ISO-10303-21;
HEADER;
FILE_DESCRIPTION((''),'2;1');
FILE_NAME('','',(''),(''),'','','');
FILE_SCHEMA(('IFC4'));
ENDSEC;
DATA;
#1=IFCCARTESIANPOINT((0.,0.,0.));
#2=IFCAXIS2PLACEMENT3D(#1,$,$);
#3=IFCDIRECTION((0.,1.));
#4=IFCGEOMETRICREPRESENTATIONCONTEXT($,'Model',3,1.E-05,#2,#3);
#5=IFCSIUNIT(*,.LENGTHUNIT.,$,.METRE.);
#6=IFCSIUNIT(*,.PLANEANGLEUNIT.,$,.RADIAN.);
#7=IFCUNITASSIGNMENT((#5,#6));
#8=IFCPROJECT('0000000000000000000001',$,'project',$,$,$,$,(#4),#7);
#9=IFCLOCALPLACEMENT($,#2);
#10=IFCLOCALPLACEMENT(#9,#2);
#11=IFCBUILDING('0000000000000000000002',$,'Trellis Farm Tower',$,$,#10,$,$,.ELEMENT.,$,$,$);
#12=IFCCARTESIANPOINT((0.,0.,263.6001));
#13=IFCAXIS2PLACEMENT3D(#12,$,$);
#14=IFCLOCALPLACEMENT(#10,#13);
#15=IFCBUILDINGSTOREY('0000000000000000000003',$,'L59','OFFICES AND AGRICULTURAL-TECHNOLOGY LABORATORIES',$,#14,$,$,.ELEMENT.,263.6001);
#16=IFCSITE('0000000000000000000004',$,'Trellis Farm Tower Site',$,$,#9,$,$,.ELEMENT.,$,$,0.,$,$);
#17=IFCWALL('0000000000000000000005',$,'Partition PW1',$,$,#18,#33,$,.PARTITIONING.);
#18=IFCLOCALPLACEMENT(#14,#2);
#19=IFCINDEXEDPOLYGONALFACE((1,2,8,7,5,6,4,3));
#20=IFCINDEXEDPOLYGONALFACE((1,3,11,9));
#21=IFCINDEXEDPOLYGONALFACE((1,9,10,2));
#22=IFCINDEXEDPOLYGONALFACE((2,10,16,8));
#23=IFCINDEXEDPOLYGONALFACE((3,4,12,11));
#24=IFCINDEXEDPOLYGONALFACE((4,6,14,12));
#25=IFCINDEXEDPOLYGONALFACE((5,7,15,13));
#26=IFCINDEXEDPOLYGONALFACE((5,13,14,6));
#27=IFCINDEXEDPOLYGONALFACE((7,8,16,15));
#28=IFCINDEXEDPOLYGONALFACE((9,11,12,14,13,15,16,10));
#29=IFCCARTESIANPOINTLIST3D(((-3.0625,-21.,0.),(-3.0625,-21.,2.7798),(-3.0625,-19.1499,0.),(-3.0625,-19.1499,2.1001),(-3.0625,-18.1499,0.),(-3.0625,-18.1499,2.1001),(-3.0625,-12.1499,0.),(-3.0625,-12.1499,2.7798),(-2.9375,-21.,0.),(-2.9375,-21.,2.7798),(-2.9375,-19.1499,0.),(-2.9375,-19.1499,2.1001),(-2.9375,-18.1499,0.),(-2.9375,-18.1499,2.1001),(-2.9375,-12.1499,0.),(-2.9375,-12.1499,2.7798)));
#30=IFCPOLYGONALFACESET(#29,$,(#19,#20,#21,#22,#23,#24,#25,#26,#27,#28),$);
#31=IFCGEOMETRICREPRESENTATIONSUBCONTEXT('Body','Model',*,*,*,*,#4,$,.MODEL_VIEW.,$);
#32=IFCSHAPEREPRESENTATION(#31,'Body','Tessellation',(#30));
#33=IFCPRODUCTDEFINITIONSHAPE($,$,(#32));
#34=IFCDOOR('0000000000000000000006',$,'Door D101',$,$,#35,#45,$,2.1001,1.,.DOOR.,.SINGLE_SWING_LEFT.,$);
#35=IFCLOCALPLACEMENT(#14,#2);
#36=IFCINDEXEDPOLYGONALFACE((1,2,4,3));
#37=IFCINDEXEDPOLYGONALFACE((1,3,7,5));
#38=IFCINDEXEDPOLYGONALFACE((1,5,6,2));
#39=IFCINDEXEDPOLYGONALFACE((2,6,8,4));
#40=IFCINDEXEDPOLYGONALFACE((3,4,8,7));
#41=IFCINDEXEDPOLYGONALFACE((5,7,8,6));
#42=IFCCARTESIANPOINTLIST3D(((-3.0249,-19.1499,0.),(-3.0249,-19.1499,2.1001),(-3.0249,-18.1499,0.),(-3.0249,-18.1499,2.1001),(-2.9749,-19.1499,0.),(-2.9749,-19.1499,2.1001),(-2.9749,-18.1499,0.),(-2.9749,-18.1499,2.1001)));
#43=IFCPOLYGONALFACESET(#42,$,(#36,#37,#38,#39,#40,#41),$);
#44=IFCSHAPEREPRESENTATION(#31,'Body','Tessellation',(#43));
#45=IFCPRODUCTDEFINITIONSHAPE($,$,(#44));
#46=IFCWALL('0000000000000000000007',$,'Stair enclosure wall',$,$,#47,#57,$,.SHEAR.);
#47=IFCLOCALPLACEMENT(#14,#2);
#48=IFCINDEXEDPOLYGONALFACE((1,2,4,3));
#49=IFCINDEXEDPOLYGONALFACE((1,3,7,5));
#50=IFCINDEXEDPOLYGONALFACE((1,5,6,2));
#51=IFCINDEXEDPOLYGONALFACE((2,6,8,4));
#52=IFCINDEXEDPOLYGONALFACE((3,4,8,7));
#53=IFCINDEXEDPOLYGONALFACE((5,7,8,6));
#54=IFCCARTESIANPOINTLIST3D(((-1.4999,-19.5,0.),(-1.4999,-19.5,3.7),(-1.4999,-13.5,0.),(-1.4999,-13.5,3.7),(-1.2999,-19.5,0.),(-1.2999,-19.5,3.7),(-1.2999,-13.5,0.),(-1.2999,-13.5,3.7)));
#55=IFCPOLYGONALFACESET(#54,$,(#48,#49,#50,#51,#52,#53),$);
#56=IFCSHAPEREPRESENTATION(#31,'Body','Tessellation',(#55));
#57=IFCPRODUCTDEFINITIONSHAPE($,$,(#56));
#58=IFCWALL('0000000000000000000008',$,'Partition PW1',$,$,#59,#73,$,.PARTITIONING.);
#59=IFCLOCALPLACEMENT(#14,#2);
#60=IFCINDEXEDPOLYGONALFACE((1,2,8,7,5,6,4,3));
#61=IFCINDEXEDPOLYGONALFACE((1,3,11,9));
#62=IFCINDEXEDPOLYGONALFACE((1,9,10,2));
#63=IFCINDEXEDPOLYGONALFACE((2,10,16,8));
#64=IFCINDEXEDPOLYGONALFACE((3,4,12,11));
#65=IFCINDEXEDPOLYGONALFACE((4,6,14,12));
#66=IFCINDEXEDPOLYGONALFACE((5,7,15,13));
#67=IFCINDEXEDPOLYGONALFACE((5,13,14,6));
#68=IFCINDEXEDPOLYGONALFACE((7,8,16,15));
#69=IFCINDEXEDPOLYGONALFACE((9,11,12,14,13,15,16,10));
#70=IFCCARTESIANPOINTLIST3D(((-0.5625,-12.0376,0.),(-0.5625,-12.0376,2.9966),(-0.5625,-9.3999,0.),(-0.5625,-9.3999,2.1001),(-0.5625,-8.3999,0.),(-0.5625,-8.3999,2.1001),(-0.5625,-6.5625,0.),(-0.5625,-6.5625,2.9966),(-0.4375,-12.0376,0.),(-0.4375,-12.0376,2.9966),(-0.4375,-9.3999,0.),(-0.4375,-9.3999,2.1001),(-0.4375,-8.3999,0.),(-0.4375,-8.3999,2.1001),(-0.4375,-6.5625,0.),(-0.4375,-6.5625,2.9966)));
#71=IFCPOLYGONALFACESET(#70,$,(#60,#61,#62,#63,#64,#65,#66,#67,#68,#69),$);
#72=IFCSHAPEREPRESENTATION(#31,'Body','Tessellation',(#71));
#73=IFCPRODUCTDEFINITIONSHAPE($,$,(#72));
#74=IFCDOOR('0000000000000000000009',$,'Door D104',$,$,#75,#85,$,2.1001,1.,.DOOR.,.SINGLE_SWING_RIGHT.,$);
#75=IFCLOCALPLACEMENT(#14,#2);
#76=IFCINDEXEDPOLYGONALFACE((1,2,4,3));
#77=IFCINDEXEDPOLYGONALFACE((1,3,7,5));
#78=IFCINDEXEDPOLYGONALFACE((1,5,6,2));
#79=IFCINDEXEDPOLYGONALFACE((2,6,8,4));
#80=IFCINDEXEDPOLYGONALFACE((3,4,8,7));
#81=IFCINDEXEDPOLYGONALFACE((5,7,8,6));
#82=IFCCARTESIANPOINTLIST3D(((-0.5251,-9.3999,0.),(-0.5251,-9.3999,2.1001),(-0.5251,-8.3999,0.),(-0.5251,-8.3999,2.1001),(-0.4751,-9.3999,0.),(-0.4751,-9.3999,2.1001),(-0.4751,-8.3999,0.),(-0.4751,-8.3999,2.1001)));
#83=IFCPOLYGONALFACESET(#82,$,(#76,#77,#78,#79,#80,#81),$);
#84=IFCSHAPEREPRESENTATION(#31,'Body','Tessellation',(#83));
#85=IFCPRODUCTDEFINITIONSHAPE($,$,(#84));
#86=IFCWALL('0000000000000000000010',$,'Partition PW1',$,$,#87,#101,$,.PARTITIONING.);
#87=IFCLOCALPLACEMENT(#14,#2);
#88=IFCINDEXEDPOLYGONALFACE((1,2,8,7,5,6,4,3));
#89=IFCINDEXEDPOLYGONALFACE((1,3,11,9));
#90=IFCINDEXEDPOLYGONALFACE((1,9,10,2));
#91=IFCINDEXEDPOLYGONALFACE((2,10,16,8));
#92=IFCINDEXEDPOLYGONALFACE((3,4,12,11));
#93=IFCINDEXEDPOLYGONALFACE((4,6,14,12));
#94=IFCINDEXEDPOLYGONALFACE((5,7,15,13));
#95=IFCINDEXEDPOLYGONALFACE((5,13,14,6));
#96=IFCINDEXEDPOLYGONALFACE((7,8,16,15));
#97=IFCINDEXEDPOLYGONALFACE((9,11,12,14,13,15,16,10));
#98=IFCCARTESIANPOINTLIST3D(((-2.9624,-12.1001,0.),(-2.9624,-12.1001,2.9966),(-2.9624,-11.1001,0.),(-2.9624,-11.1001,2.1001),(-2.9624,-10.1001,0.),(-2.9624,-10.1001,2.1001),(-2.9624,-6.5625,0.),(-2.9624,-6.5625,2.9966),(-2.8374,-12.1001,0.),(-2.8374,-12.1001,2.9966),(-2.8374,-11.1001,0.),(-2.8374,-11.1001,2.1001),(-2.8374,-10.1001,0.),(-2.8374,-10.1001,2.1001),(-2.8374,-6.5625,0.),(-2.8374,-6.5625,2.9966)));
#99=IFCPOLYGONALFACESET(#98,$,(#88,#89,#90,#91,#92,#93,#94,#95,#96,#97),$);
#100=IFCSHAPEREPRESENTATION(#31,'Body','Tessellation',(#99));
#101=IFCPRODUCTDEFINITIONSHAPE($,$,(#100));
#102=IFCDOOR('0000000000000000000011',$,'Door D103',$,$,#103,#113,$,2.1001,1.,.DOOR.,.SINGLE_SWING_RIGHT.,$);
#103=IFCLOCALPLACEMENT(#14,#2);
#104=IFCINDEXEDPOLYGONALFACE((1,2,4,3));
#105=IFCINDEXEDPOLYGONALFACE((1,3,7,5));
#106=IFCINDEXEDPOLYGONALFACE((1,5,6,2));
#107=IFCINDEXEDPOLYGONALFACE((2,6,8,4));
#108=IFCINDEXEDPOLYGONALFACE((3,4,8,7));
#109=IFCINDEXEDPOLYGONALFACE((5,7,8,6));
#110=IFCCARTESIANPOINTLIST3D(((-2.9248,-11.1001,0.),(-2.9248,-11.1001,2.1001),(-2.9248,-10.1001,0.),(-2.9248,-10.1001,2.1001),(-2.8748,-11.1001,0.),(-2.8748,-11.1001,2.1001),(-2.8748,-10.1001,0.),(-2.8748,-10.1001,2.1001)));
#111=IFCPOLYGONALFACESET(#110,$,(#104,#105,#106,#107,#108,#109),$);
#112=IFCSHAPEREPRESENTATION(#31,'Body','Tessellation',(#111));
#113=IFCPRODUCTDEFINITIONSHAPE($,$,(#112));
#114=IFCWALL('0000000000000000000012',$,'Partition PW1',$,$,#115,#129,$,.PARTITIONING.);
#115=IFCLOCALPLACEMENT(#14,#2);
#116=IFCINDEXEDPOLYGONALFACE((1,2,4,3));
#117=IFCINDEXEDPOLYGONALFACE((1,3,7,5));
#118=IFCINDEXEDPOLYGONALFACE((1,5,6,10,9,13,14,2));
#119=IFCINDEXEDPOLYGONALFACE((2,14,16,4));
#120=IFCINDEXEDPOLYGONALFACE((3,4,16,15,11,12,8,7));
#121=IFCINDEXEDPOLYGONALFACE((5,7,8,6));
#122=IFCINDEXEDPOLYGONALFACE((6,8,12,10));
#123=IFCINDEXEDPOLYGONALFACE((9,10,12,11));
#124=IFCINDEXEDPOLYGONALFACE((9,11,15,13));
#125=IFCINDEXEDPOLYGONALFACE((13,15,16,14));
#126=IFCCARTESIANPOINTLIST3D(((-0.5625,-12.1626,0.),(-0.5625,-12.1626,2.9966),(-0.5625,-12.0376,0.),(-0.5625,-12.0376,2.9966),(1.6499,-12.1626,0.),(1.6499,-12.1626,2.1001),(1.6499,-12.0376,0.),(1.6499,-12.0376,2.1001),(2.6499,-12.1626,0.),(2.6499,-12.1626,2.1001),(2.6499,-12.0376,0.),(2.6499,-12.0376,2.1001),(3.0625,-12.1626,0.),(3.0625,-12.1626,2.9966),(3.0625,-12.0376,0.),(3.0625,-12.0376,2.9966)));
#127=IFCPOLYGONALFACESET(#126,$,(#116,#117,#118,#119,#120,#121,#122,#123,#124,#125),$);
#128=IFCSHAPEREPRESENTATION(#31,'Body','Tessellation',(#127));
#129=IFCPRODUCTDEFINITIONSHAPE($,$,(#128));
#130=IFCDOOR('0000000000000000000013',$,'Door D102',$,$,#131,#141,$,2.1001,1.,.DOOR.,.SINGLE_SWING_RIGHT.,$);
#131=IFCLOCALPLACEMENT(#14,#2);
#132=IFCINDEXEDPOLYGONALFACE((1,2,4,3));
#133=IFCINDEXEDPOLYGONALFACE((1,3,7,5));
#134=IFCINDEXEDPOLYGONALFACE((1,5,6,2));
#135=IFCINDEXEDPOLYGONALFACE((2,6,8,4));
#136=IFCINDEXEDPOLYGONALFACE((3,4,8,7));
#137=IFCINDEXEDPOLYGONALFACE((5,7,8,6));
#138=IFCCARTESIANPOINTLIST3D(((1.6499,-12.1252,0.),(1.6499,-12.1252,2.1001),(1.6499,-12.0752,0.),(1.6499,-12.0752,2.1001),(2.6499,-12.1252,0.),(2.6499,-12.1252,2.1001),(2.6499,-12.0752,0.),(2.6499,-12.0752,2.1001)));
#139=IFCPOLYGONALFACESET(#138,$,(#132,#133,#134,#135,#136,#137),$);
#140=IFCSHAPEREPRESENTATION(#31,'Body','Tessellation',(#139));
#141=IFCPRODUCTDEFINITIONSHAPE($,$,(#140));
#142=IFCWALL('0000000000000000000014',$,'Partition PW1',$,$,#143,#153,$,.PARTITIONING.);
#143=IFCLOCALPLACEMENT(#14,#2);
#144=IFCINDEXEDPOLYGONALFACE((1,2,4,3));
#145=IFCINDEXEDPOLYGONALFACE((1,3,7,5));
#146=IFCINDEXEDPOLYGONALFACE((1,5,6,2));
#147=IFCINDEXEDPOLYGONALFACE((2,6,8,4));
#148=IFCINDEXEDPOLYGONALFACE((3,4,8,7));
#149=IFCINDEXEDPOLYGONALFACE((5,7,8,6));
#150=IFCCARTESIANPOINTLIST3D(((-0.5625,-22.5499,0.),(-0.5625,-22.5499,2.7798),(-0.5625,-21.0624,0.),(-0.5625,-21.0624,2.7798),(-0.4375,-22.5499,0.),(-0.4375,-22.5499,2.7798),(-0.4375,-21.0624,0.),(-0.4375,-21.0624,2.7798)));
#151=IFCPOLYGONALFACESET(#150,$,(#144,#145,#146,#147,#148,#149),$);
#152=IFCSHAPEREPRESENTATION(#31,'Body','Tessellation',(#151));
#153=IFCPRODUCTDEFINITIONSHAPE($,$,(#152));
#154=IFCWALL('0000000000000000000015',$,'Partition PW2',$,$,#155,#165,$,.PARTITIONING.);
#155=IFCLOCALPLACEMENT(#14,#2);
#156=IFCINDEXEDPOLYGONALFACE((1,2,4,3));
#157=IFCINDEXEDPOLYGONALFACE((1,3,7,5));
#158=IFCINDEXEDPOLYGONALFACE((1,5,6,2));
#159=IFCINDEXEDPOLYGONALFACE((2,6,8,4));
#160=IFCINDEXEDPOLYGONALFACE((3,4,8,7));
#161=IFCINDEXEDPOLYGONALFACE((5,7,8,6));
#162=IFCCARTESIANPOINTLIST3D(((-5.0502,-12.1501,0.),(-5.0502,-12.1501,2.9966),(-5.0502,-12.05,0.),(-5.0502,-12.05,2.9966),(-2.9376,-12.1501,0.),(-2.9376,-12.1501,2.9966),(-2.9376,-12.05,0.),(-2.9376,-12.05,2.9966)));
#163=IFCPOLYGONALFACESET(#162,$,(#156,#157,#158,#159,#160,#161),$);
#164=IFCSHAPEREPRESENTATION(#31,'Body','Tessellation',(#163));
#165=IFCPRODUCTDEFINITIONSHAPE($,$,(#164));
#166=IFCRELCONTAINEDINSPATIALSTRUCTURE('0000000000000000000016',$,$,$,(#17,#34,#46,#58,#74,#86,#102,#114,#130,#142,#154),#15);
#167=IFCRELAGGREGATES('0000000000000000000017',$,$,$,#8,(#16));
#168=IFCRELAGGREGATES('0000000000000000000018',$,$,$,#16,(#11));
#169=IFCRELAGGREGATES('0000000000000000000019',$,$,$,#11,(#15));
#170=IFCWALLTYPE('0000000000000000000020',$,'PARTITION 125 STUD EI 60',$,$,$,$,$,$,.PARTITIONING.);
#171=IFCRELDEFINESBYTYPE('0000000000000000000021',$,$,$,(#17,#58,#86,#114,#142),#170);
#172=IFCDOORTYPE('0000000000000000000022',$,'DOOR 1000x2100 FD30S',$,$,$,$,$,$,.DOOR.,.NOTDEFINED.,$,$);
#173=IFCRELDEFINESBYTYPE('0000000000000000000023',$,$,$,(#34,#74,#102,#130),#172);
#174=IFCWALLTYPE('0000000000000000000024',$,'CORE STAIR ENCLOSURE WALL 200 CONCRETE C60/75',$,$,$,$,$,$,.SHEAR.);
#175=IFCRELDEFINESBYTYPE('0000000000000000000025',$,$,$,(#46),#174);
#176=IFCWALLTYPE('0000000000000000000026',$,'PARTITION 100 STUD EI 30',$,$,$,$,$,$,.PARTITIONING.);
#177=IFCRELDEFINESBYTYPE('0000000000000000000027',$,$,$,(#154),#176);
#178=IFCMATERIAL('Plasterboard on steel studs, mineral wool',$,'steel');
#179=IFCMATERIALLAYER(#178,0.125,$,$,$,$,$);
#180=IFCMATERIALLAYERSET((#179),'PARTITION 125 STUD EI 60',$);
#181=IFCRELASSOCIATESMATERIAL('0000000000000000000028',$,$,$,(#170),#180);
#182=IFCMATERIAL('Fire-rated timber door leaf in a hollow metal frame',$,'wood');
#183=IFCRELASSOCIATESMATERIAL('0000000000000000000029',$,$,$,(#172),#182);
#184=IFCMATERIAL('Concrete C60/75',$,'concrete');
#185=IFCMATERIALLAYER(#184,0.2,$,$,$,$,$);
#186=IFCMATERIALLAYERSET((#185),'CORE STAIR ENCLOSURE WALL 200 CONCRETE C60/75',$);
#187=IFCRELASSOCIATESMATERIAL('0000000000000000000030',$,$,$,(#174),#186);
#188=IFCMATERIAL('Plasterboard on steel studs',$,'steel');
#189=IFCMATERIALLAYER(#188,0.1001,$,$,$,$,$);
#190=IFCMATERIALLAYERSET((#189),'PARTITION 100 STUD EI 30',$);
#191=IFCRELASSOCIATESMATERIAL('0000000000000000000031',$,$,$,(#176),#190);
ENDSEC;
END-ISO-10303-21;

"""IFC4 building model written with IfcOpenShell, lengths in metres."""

from ifc_helpers import new_model, si_unit, direction, frame, frame_2d, origin, place, context, subcontext, project, spatial, rectangle, extrude, source, transform, mapped, material, layer, layer_set, type_object, element, fill, save


model = new_model("IFC4")

# Units and contexts
model_context = context("Model", 3, precision=1e-05, world=origin(), true_north=direction((0.0, 1.0)))
body_context = subcontext(model_context, "Body", "Model", "MODEL_VIEW")
ifc_project = project(units=[si_unit("LENGTHUNIT", "METRE"), si_unit("PLANEANGLEUNIT", "RADIAN")], contexts=[model_context])

# Site, building, storey
site_placement = place(None, origin())
site = spatial("IfcSite", under=ifc_project, at=site_placement, Name="Trellis Farm Tower Site", CompositionType="ELEMENT", RefElevation=0.0)
building_placement = place(site_placement, origin())
building = spatial("IfcBuilding", under=site, at=building_placement, Name="Trellis Farm Tower", CompositionType="ELEMENT")
storey_placement = place(building_placement, frame((0.0, 0.0, 263.6001)))
storey = spatial("IfcBuildingStorey", under=building, at=storey_placement, Name="L59", Description="OFFICES AND AGRICULTURAL-TECHNOLOGY LABORATORIES", CompositionType="ELEMENT", Elevation=263.6001)

# Shared definitions
ifc_material_1 = material(Name="Concrete C60/75", Category="concrete")

# Wall, opening, door
ifc_material_2 = material(Name="Plasterboard on steel studs, mineral wool", Category="steel")
ifc_layer_1 = layer(ifc_material_2, 0.125)
ifc_layer_set_1 = layer_set([ifc_layer_1], Name="PARTITION 125 STUD EI 60")
wall_type_1 = type_object("IfcWallType", Name="PARTITION 125 STUD EI 60", PredefinedType="PARTITIONING", material=ifc_layer_set_1)
wall_1_placement = place(storey_placement, frame((-3.0, -21.0, 0.0), z_axis=(0.0, 0.0, 1.0), x_axis=(0.0, 1.0, 0.0)))
wall_1 = element("IfcWall", 1, at=wall_1_placement, inside=storey, type_object=wall_type_1, Name="Partition PW1", PredefinedType="PARTITIONING", context=body_context, shape_type="SweptSolid", body=[
    extrude(rectangle(XDim=8.8501, YDim=0.125, at=frame_2d((4.425, 0.0))), origin(), (0.0, 0.0, 1.0), 2.7798),
])
shared_shape_1 = source(origin(), body_context, "Body", "SweptSolid", [
    extrude(rectangle(XDim=1.0, YDim=2.1001, at=frame_2d((0.5, 1.05))), frame((0.0, 0.0725, 0.0), z_axis=(0.0, -1.0, 0.0), x_axis=(1.0, 0.0, 0.0)), (0.0, 0.0, 1.0), 0.145),
])
opening_1_placement = place(wall_1_placement, frame((1.8501, 0.0, 0.0)))
opening_1 = element("IfcOpeningElement", 2, at=opening_1_placement, cuts=wall_1, PredefinedType="OPENING", context=body_context, shape_type="MappedRepresentation", body=[
    mapped(shared_shape_1, transform((0.0, 0.0, 0.0))),
])
ifc_material_3 = material(Name="Fire-rated timber door leaf in a hollow metal frame", Category="wood")
door_type = type_object("IfcDoorType", Name="DOOR 1000x2100 FD30S", OperationType="NOTDEFINED", PredefinedType="DOOR", material=ifc_material_3)
shared_shape_2 = source(origin(), body_context, "Body", "SweptSolid", [
    extrude(rectangle(XDim=1.0, YDim=2.1001, at=frame_2d((0.5, 1.05))), frame((0.0, 0.0249, 0.0), z_axis=(0.0, -1.0, 0.0), x_axis=(1.0, 0.0, 0.0)), (0.0, 0.0, 1.0), 0.05),
])
door_1_placement = place(opening_1_placement, origin())
door_1 = element("IfcDoor", 3, at=door_1_placement, inside=storey, type_object=door_type, Name="Door D101", OperationType="SINGLE_SWING_LEFT", OverallHeight=2.1001, OverallWidth=1.0, PredefinedType="DOOR", context=body_context, shape_type="MappedRepresentation", body=[
    mapped(shared_shape_2, transform((0.0, 0.0, 0.0))),
])
fill(opening_1, door_1)

# Wall
ifc_layer_2 = layer(ifc_material_1, 0.2)
ifc_layer_set_2 = layer_set([ifc_layer_2], Name="CORE STAIR ENCLOSURE WALL 200 CONCRETE C60/75")
wall_type_2 = type_object("IfcWallType", Name="CORE STAIR ENCLOSURE WALL 200 CONCRETE C60/75", PredefinedType="SHEAR", material=ifc_layer_set_2)
shared_shape_3 = source(origin(), body_context, "Body", "SweptSolid", [
    extrude(rectangle(XDim=6.0, YDim=0.2, at=frame_2d((3.0, 0.0))), origin(), (0.0, 0.0, 1.0), 3.7),
])
wall_2_placement = place(storey_placement, frame((-1.3999, -13.5, 0.0), z_axis=(0.0, 0.0, 1.0), x_axis=(0.0, -1.0, 0.0)))
element("IfcWall", 4, at=wall_2_placement, inside=storey, type_object=wall_type_2, Name="Stair enclosure wall", PredefinedType="SHEAR", context=body_context, shape_type="MappedRepresentation", body=[
    mapped(shared_shape_3, transform((0.0, 0.0, 0.0))),
])

# Walls, openings, doors
shared_shape_4 = source(origin(), body_context, "Body", "SweptSolid", [
    extrude(rectangle(XDim=5.4751, YDim=0.125, at=frame_2d((2.7375, 0.0))), origin(), (0.0, 0.0, 1.0), 2.9966),
])
wall_3_placement = place(storey_placement, frame((-0.5, -6.5625, 0.0), z_axis=(0.0, 0.0, 1.0), x_axis=(0.0, -1.0, 0.0)))
wall_3 = element("IfcWall", 5, at=wall_3_placement, inside=storey, type_object=wall_type_1, Name="Partition PW1", PredefinedType="PARTITIONING", context=body_context, shape_type="MappedRepresentation", body=[
    mapped(shared_shape_4, transform((0.0, 0.0, 0.0))),
])
opening_2_placement = place(wall_3_placement, frame((1.8374, 0.0, 0.0)))
opening_2 = element("IfcOpeningElement", 6, at=opening_2_placement, cuts=wall_3, PredefinedType="OPENING", context=body_context, shape_type="MappedRepresentation", body=[
    mapped(shared_shape_1, transform((0.0, 0.0, 0.0))),
])
door_2_placement = place(opening_2_placement, origin())
door_2 = element("IfcDoor", 7, at=door_2_placement, inside=storey, type_object=door_type, Name="Door D104", OperationType="SINGLE_SWING_RIGHT", OverallHeight=2.1001, OverallWidth=1.0, PredefinedType="DOOR", context=body_context, shape_type="MappedRepresentation", body=[
    mapped(shared_shape_2, transform((0.0, 0.0, 0.0))),
])
fill(opening_2, door_2)
shared_shape_5 = source(origin(), body_context, "Body", "SweptSolid", [
    extrude(rectangle(XDim=5.5376, YDim=0.125, at=frame_2d((2.7688, 0.0))), origin(), (0.0, 0.0, 1.0), 2.9966),
])
wall_4_placement = place(storey_placement, frame((-2.8999, -12.1001, 0.0), z_axis=(0.0, 0.0, 1.0), x_axis=(0.0, 1.0, 0.0)))
wall_4 = element("IfcWall", 8, at=wall_4_placement, inside=storey, type_object=wall_type_1, Name="Partition PW1", PredefinedType="PARTITIONING", context=body_context, shape_type="MappedRepresentation", body=[
    mapped(shared_shape_5, transform((0.0, 0.0, 0.0))),
])
opening_3_placement = place(wall_4_placement, frame((1.0, 0.0, 0.0)))
opening_3 = element("IfcOpeningElement", 9, at=opening_3_placement, cuts=wall_4, PredefinedType="OPENING", context=body_context, shape_type="MappedRepresentation", body=[
    mapped(shared_shape_1, transform((0.0, 0.0, 0.0))),
])
door_3_placement = place(opening_3_placement, origin())
door_3 = element("IfcDoor", 10, at=door_3_placement, inside=storey, type_object=door_type, Name="Door D103", OperationType="SINGLE_SWING_RIGHT", OverallHeight=2.1001, OverallWidth=1.0, PredefinedType="DOOR", context=body_context, shape_type="MappedRepresentation", body=[
    mapped(shared_shape_2, transform((0.0, 0.0, 0.0))),
])
fill(opening_3, door_3)
shared_shape_6 = source(origin(), body_context, "Body", "SweptSolid", [
    extrude(rectangle(XDim=3.625, YDim=0.125, at=frame_2d((1.8125, 0.0))), origin(), (0.0, 0.0, 1.0), 2.9966),
])
wall_5_placement = place(storey_placement, frame((-0.5625, -12.1001, 0.0), z_axis=(0.0, 0.0, 1.0), x_axis=(1.0, 0.0, 0.0)))
wall_5 = element("IfcWall", 11, at=wall_5_placement, inside=storey, type_object=wall_type_1, Name="Partition PW1", PredefinedType="PARTITIONING", context=body_context, shape_type="MappedRepresentation", body=[
    mapped(shared_shape_6, transform((0.0, 0.0, 0.0))),
])
opening_4_placement = place(wall_5_placement, frame((2.2124, 0.0, 0.0)))
opening_4 = element("IfcOpeningElement", 12, at=opening_4_placement, cuts=wall_5, PredefinedType="OPENING", context=body_context, shape_type="MappedRepresentation", body=[
    mapped(shared_shape_1, transform((0.0, 0.0, 0.0))),
])
door_4_placement = place(opening_4_placement, origin())
door_4 = element("IfcDoor", 13, at=door_4_placement, inside=storey, type_object=door_type, Name="Door D102", OperationType="SINGLE_SWING_RIGHT", OverallHeight=2.1001, OverallWidth=1.0, PredefinedType="DOOR", context=body_context, shape_type="MappedRepresentation", body=[
    mapped(shared_shape_2, transform((0.0, 0.0, 0.0))),
])
fill(opening_4, door_4)

# Walls
shared_shape_7 = source(origin(), body_context, "Body", "SweptSolid", [
    extrude(rectangle(XDim=1.4875, YDim=0.125, at=frame_2d((0.7437, 0.0))), origin(), (0.0, 0.0, 1.0), 2.7798),
])
wall_6_placement = place(storey_placement, frame((-0.5, -21.0625, 0.0), z_axis=(0.0, 0.0, 1.0), x_axis=(0.0, -1.0, 0.0)))
element("IfcWall", 14, at=wall_6_placement, inside=storey, type_object=wall_type_1, Name="Partition PW1", PredefinedType="PARTITIONING", context=body_context, shape_type="MappedRepresentation", body=[
    mapped(shared_shape_7, transform((0.0, 0.0, 0.0))),
])
ifc_material_4 = material(Name="Plasterboard on steel studs", Category="steel")
ifc_layer_3 = layer(ifc_material_4, 0.1001)
ifc_layer_set_3 = layer_set([ifc_layer_3], Name="PARTITION 100 STUD EI 30")
wall_type_3 = type_object("IfcWallType", Name="PARTITION 100 STUD EI 30", PredefinedType="PARTITIONING", material=ifc_layer_set_3)
shared_shape_8 = source(origin(), body_context, "Body", "SweptSolid", [
    extrude(rectangle(XDim=2.1125, YDim=0.1001, at=frame_2d((1.0562, 0.0))), origin(), (0.0, 0.0, 1.0), 2.9966),
])
wall_7_placement = place(storey_placement, frame((-5.05, -12.1001, 0.0), z_axis=(0.0, 0.0, 1.0), x_axis=(1.0, 0.0, 0.0)))
element("IfcWall", 15, at=wall_7_placement, inside=storey, type_object=wall_type_3, Name="Partition PW2", PredefinedType="PARTITIONING", context=body_context, shape_type="MappedRepresentation", body=[
    mapped(shared_shape_8, transform((0.0, 0.0, 0.0))),
])

save(model, "model.ifc")
